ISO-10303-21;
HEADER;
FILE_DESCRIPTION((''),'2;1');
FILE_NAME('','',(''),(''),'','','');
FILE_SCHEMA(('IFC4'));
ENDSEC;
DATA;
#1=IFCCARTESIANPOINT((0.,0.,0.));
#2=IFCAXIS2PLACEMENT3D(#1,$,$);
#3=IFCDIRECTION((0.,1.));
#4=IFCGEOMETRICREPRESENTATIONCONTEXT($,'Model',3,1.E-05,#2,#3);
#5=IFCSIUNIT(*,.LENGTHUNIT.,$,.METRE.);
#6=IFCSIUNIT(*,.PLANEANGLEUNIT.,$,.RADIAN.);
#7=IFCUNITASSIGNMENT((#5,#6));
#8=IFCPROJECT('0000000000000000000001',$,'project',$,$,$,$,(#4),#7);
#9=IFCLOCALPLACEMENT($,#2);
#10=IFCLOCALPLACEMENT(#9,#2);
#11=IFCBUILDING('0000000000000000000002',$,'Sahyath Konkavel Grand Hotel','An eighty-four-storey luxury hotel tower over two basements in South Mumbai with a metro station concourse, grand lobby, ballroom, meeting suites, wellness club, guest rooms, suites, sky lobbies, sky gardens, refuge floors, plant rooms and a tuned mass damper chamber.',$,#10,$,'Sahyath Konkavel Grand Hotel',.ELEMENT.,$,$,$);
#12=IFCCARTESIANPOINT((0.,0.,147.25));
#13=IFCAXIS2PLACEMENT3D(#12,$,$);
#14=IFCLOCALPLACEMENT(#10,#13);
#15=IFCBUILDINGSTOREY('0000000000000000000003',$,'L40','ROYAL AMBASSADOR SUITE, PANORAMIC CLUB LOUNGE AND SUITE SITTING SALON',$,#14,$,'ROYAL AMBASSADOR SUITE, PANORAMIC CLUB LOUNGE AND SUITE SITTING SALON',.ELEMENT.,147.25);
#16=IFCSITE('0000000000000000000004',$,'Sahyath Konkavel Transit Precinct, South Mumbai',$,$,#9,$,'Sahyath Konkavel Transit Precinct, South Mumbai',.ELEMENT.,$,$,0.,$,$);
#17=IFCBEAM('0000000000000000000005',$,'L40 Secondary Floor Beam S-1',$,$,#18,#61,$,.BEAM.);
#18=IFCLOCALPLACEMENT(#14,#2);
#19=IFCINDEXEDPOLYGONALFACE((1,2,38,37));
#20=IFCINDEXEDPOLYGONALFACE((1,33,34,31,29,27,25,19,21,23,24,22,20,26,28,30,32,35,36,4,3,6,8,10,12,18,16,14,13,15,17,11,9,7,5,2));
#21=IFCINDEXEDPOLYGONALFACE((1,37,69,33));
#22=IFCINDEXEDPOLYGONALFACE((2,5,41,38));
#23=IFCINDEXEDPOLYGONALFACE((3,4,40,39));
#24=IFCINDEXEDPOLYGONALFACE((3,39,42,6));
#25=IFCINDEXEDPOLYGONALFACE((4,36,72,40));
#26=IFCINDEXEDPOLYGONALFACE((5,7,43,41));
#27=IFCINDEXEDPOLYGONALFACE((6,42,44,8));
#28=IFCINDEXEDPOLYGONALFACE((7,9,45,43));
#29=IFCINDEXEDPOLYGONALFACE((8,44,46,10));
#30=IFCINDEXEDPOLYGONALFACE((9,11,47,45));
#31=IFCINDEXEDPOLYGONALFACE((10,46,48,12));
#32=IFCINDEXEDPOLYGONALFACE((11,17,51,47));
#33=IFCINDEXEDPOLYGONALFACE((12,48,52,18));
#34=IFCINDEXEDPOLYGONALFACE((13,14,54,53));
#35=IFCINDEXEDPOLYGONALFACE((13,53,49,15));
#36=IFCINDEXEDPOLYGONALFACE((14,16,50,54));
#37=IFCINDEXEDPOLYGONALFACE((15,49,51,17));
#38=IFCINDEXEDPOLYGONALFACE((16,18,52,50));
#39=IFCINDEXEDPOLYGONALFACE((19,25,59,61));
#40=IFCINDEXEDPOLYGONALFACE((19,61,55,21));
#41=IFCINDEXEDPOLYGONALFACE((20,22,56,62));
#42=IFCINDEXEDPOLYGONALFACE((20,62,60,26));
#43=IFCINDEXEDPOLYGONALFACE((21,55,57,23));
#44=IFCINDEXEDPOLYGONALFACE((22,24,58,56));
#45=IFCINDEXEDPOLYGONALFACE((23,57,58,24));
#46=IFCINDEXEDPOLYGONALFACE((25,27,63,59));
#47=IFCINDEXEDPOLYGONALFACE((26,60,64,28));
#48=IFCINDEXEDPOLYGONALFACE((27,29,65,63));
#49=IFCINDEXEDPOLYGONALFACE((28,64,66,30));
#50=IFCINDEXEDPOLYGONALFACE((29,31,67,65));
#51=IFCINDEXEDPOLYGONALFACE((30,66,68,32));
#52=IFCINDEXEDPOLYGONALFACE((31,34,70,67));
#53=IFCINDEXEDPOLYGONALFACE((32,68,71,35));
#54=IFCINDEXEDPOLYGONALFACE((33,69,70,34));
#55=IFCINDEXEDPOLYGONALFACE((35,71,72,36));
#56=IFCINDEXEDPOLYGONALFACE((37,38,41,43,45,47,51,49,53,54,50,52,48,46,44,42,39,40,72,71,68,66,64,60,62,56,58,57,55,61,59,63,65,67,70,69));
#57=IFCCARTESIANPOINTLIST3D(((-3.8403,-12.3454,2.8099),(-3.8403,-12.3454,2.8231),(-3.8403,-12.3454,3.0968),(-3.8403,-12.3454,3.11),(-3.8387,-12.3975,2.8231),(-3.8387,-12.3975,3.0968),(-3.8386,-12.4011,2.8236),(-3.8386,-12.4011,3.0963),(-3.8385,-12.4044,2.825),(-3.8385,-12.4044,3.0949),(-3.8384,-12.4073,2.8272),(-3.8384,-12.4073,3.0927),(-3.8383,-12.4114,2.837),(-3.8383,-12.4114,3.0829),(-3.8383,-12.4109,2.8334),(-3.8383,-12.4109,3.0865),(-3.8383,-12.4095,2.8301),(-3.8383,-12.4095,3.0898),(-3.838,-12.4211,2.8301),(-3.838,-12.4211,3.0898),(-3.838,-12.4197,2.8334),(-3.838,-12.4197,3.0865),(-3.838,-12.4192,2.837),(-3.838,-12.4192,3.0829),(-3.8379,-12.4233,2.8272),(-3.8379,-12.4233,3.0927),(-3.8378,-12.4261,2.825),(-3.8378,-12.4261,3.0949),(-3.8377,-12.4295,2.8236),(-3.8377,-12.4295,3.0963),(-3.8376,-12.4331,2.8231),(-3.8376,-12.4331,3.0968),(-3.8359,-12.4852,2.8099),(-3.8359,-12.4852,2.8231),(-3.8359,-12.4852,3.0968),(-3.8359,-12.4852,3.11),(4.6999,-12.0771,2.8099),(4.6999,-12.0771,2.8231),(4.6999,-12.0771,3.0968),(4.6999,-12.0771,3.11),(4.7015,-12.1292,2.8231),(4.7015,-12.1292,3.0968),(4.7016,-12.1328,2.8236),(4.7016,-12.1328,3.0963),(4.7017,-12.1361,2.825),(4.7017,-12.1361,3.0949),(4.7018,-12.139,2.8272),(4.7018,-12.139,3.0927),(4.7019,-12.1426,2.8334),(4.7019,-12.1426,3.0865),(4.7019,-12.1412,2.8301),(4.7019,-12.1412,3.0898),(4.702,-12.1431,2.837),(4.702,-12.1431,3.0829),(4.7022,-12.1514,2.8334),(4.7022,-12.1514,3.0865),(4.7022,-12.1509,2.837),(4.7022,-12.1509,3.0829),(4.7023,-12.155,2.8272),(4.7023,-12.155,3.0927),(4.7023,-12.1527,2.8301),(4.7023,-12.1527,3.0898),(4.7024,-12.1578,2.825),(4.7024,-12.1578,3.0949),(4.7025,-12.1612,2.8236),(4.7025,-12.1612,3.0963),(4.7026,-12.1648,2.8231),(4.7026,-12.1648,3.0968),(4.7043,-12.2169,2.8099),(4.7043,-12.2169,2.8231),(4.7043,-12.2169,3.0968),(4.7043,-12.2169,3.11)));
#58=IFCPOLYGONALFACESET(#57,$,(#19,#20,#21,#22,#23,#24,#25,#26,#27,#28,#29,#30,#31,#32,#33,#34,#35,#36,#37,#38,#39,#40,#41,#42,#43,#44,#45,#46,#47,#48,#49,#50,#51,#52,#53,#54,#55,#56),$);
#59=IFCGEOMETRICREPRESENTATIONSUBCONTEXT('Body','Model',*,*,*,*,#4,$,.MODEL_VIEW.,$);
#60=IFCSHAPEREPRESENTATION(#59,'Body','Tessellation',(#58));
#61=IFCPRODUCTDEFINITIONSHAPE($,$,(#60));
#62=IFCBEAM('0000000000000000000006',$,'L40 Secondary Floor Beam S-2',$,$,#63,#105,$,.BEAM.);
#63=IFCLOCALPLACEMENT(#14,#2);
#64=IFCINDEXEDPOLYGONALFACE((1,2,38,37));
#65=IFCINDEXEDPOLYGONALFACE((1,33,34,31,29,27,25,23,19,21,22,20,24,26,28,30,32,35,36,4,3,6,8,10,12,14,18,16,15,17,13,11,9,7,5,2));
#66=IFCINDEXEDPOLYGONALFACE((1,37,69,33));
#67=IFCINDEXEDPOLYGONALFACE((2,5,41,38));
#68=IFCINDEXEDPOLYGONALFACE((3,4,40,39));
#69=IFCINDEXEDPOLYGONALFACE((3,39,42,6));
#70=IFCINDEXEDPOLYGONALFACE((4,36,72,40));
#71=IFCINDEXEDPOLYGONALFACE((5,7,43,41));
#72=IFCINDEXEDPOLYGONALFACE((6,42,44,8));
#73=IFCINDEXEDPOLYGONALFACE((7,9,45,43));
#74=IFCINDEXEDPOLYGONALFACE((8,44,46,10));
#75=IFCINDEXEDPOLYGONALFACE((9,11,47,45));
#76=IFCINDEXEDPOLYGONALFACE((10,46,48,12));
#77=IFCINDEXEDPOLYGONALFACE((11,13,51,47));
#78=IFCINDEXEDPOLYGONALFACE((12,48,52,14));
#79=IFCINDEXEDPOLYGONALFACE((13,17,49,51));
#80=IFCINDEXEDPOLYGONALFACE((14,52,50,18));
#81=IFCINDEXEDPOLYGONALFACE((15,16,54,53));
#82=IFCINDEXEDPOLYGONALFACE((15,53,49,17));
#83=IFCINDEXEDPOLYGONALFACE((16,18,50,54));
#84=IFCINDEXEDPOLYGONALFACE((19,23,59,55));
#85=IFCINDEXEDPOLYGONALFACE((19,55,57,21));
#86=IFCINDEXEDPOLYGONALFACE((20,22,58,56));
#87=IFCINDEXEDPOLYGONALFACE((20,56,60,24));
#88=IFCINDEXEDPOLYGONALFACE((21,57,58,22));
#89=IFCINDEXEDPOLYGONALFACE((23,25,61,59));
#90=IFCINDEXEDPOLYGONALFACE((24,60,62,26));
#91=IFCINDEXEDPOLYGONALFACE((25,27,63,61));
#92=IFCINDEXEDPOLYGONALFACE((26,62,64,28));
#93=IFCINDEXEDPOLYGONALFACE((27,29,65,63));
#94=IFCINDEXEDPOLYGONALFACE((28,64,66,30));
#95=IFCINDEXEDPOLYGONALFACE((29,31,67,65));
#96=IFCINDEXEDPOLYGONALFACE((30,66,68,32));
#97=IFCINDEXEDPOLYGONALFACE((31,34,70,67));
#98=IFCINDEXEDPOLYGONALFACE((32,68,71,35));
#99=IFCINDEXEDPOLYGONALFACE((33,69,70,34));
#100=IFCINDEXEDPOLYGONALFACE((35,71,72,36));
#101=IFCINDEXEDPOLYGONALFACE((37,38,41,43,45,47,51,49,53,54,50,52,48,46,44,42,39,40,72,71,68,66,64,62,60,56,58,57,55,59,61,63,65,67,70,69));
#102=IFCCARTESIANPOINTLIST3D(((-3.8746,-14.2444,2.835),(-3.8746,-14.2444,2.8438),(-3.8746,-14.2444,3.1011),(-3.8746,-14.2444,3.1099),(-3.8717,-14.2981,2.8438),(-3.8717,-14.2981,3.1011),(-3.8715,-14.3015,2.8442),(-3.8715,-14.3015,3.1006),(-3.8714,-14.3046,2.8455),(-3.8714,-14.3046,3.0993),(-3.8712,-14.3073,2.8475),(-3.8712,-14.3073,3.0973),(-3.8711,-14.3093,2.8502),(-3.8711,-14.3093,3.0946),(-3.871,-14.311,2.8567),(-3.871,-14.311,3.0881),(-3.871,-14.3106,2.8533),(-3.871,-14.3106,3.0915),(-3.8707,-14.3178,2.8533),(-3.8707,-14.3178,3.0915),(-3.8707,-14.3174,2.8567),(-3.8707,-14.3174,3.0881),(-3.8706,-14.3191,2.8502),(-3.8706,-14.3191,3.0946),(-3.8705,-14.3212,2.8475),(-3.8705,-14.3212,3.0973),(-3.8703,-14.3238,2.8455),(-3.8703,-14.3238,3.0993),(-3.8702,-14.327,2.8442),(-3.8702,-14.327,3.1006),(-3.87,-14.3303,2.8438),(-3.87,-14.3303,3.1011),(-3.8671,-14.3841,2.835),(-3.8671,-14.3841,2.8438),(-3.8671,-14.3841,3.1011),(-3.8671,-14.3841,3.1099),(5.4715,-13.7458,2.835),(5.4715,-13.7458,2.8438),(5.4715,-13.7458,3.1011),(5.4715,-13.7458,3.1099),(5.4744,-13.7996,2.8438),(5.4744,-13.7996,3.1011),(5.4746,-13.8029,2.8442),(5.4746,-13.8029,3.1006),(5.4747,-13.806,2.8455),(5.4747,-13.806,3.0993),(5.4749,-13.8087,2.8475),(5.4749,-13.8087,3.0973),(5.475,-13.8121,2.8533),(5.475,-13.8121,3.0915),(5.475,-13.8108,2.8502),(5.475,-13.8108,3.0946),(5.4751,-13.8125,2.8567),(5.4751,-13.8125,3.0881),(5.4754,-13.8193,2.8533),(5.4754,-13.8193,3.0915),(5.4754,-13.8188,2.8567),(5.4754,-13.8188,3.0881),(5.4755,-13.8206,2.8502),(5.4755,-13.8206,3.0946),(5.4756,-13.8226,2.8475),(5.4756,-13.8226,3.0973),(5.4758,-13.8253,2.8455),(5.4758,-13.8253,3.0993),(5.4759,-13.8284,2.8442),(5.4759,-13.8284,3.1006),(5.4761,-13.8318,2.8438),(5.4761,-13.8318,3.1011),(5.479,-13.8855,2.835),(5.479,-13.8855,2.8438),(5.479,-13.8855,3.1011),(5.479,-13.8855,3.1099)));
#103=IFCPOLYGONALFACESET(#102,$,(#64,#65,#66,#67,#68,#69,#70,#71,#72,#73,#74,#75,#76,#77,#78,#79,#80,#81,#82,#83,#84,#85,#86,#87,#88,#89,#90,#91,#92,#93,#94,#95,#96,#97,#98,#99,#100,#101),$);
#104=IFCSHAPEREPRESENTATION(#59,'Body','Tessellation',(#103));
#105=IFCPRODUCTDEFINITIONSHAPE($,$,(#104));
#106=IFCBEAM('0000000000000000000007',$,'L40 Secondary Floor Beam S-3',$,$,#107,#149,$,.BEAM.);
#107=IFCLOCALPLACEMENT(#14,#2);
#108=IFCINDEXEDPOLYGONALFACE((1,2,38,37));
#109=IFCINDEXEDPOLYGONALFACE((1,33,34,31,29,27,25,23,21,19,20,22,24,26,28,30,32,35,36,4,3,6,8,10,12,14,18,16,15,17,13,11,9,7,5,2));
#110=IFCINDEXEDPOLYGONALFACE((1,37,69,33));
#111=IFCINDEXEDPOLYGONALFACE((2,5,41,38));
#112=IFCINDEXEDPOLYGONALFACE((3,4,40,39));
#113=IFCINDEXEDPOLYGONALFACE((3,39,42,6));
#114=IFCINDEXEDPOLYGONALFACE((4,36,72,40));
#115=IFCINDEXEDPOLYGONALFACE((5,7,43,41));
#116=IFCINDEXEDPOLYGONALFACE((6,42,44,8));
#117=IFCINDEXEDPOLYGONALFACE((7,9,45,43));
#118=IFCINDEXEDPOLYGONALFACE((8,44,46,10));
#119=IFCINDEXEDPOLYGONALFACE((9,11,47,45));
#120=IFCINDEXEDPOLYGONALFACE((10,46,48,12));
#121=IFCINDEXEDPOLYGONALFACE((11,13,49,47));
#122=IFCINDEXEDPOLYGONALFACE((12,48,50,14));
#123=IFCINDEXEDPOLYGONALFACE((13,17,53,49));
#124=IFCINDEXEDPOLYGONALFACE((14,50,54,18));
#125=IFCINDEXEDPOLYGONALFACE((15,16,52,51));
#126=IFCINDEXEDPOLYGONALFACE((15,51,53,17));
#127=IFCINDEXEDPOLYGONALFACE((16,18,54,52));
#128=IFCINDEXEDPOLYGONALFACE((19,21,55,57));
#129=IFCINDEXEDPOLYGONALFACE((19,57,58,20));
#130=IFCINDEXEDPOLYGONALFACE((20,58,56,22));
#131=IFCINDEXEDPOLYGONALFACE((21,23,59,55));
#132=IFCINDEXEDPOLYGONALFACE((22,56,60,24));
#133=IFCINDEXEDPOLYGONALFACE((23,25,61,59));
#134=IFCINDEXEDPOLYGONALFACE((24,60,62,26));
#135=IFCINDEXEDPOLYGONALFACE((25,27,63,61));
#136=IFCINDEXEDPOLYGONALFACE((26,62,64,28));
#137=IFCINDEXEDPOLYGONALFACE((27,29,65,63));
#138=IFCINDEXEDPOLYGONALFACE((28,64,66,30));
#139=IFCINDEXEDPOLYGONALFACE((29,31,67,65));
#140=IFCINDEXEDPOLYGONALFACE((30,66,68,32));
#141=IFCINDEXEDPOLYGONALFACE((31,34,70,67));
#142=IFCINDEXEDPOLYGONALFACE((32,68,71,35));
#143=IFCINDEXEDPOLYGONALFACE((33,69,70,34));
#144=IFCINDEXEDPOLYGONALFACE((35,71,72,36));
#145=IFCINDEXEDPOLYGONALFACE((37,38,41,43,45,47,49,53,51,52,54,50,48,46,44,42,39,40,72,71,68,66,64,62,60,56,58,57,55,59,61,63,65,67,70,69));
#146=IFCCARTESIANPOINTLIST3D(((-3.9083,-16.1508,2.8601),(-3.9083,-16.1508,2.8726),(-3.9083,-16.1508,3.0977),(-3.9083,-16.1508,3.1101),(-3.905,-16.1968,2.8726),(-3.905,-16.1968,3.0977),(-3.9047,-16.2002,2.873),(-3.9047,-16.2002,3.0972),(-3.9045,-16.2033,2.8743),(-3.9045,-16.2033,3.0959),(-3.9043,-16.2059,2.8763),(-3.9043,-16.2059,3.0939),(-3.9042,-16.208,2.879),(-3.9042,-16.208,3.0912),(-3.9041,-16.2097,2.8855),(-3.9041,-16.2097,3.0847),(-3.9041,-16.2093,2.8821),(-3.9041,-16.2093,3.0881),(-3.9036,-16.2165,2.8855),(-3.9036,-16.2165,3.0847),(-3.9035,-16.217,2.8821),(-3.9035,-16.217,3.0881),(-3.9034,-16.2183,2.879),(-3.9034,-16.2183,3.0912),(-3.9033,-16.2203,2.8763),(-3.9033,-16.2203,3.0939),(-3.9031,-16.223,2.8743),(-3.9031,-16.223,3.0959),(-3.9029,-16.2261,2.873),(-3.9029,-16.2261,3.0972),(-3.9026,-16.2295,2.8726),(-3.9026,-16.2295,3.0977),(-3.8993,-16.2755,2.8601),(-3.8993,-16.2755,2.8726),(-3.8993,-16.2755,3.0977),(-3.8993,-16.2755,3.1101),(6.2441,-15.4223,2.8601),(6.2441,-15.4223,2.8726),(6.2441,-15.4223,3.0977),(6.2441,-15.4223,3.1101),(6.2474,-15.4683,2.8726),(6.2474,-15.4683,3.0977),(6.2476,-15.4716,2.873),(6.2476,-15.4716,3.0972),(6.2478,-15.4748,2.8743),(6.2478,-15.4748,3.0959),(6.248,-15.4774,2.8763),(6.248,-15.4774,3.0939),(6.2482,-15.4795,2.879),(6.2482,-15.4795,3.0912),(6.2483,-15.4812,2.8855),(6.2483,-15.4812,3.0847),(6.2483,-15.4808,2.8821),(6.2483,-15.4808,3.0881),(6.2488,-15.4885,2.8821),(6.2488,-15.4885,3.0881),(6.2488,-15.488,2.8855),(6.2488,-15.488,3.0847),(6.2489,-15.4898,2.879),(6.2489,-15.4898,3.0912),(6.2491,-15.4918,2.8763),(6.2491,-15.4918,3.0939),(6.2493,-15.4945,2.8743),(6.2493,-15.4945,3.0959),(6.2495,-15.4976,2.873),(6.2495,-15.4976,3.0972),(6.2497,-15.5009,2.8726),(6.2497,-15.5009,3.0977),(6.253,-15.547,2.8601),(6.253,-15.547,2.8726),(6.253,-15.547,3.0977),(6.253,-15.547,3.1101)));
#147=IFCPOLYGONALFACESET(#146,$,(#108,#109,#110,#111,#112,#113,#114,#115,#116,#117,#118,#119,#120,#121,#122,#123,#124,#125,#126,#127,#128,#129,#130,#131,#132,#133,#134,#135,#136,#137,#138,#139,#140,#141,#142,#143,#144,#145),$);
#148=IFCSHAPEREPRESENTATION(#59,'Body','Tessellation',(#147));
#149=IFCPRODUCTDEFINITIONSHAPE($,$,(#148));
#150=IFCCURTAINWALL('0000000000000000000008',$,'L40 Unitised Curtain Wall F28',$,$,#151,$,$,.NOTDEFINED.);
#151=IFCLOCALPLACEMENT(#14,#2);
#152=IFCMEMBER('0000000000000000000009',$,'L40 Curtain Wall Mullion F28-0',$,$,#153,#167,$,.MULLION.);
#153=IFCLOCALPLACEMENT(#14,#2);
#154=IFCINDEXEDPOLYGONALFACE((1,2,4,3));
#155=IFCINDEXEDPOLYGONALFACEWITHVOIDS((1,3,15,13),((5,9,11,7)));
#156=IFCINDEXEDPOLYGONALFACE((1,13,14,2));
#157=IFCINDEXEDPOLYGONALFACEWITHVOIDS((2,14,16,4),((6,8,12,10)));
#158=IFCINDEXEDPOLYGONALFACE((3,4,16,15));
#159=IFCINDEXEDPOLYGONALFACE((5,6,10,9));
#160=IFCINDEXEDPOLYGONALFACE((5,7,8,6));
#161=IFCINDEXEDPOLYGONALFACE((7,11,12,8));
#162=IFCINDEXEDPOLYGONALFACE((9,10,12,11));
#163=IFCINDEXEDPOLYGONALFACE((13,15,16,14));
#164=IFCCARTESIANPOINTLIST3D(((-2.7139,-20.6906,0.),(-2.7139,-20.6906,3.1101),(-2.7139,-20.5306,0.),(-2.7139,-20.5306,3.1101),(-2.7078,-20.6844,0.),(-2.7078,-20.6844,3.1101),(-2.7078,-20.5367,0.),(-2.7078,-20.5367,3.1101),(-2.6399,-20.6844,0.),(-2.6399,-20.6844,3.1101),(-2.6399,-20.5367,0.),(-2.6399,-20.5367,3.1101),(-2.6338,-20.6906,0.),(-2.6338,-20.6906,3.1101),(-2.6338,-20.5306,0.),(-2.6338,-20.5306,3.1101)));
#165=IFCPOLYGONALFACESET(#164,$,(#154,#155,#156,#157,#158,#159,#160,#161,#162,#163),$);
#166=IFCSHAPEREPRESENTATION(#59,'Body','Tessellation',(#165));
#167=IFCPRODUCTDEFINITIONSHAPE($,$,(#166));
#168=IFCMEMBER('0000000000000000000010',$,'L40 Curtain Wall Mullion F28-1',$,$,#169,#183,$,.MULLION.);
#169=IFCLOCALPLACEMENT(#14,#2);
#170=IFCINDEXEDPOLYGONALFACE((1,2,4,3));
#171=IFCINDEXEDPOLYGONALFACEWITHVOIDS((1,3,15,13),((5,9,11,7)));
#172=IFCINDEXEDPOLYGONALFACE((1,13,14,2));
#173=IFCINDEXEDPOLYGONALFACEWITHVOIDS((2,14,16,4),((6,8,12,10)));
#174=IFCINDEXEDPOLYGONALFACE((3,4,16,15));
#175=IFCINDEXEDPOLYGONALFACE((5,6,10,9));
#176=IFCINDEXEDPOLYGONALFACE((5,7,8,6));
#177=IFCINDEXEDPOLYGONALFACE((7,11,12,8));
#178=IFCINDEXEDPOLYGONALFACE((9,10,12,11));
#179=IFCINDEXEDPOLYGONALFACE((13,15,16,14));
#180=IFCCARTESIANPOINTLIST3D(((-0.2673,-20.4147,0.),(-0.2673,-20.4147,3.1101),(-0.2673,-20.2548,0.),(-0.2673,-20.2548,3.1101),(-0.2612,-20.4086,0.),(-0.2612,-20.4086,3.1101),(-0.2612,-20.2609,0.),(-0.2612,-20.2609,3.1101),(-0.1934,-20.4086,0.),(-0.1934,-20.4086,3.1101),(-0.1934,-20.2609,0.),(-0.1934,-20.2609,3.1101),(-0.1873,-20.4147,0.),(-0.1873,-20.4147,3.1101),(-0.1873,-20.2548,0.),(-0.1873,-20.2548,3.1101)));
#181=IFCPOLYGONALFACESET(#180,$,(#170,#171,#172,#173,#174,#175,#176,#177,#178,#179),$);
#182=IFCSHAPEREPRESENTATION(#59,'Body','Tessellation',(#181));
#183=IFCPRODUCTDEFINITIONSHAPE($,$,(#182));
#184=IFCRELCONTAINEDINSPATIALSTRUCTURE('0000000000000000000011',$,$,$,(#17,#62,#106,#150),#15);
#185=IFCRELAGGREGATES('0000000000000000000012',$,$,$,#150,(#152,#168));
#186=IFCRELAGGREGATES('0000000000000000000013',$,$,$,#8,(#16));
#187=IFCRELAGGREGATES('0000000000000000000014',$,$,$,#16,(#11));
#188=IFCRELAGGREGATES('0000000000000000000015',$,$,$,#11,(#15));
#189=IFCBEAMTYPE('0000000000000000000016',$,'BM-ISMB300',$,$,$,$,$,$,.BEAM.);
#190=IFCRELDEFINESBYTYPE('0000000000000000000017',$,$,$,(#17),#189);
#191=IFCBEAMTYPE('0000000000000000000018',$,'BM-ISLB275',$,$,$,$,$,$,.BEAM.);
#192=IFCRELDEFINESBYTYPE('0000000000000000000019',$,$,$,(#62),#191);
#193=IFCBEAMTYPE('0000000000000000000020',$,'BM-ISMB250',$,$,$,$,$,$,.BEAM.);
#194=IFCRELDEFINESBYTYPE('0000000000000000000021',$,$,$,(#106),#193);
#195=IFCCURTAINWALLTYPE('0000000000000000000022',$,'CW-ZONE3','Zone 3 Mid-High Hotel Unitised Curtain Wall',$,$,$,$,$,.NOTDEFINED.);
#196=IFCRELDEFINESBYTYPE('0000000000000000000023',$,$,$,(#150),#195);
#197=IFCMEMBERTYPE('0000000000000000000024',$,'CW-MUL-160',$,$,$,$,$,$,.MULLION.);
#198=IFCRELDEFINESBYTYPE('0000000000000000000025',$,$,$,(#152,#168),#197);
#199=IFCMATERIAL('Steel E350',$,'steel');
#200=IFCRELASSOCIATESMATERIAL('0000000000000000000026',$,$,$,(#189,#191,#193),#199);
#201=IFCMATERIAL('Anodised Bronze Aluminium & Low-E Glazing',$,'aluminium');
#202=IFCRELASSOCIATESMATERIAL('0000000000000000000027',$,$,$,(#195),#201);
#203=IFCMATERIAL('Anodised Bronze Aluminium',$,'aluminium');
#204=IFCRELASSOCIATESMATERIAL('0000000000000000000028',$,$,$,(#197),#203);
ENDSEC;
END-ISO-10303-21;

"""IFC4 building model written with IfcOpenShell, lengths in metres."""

from ifc_helpers import new_model, si_unit, direction, frame, origin, origin_2d, place, context, subcontext, project, spatial, hollow_rectangle, i_section, extrude, source, transform, mapped, material, material_profile, profile_set, type_object, element, aggregate, save


model = new_model("IFC4")

# Units and contexts
model_context = context("Model", 3, precision=1e-05, world=origin(), true_north=direction((0.0, 1.0)))
body_context = subcontext(model_context, "Body", "Model", "MODEL_VIEW")
ifc_project = project(units=[si_unit("LENGTHUNIT", "METRE"), si_unit("PLANEANGLEUNIT", "RADIAN")], contexts=[model_context])

# Site, building, storey
site_placement = place(None, origin())
site = spatial("IfcSite", under=ifc_project, at=site_placement, Name="Sahyath Konkavel Transit Precinct, South Mumbai", LongName="Sahyath Konkavel Transit Precinct, South Mumbai", CompositionType="ELEMENT", RefElevation=0.0)
building_placement = place(site_placement, origin())
building = spatial("IfcBuilding", under=site, at=building_placement, Name="Sahyath Konkavel Grand Hotel", Description="An eighty-four-storey luxury hotel tower over two basements in South Mumbai with a metro station concourse, grand lobby, ballroom, meeting suites, wellness club, guest rooms, suites, sky lobbies, sky gardens, refuge floors, plant rooms and a tuned mass damper chamber.", LongName="Sahyath Konkavel Grand Hotel", CompositionType="ELEMENT")
storey_placement = place(building_placement, frame((0.0, 0.0, 147.25)))
storey = spatial("IfcBuildingStorey", under=building, at=storey_placement, Name="L40", Description="ROYAL AMBASSADOR SUITE, PANORAMIC CLUB LOUNGE AND SUITE SITTING SALON", LongName="ROYAL AMBASSADOR SUITE, PANORAMIC CLUB LOUNGE AND SUITE SITTING SALON", CompositionType="ELEMENT", Elevation=147.25)

# Beams
ifc_material_1 = material(Name="Steel E350", Category="steel")
ifc_material_profile_1 = material_profile(ifc_material_1, i_section(OverallWidth=0.1399, OverallDepth=0.3, WebThickness=0.0078, FlangeThickness=0.0132, FilletRadius=0.0139, at=origin_2d()), Name="ISMB 300")
ifc_profile_set_1 = profile_set([ifc_material_profile_1], Name="Steel E350")
beam_type_1 = type_object("IfcBeamType", Name="BM-ISMB300", PredefinedType="BEAM", material=ifc_profile_set_1)
shared_shape_1 = source(origin(), body_context, "Body", "SweptSolid", [
    extrude(i_section(OverallWidth=0.1399, OverallDepth=0.3, WebThickness=0.0078, FlangeThickness=0.0132, FilletRadius=0.0139, at=origin_2d()), origin(), (0.0, 0.0, 1.0), 8.5444),
])
beam_1_placement = place(storey_placement, frame((-3.8381, -12.4153, 2.96), z_axis=(0.999507, 0.031402, 0.0), x_axis=(-0.031402, 0.999507, 0.0)))
element("IfcBeam", 1, at=beam_1_placement, inside=storey, type_object=beam_type_1, Name="L40 Secondary Floor Beam S-1", PredefinedType="BEAM", context=body_context, shape_type="MappedRepresentation", body=[
    mapped(shared_shape_1, transform((0.0, 0.0, 0.0), scale=1.0)),
])
ifc_material_profile_2 = material_profile(ifc_material_1, i_section(OverallWidth=0.1399, OverallDepth=0.2749, WebThickness=0.0063, FlangeThickness=0.0088, FilletRadius=0.0129, at=origin_2d()), Name="ISLB 275")
ifc_profile_set_2 = profile_set([ifc_material_profile_2], Name="Steel E350")
beam_type_2 = type_object("IfcBeamType", Name="BM-ISLB275", PredefinedType="BEAM", material=ifc_profile_set_2)
shared_shape_2 = source(origin(), body_context, "Body", "SweptSolid", [
    extrude(i_section(OverallWidth=0.1399, OverallDepth=0.2749, WebThickness=0.0063, FlangeThickness=0.0088, FilletRadius=0.0129, at=origin_2d()), origin(), (0.0, 0.0, 1.0), 9.3594),
])
beam_2_placement = place(storey_placement, frame((-3.8708, -14.3142, 2.9724), z_axis=(0.99858, 0.053265, 0.0), x_axis=(-0.053265, 0.99858, 0.0)))
element("IfcBeam", 2, at=beam_2_placement, inside=storey, type_object=beam_type_2, Name="L40 Secondary Floor Beam S-2", PredefinedType="BEAM", context=body_context, shape_type="MappedRepresentation", body=[
    mapped(shared_shape_2, transform((0.0, 0.0, 0.0), scale=1.0)),
])
ifc_material_profile_3 = material_profile(ifc_material_1, i_section(OverallWidth=0.125, OverallDepth=0.25, WebThickness=0.0068, FlangeThickness=0.0125, FilletRadius=0.0129, at=origin_2d()), Name="ISMB 250")
ifc_profile_set_3 = profile_set([ifc_material_profile_3], Name="Steel E350")
beam_type_3 = type_object("IfcBeamType", Name="BM-ISMB250", PredefinedType="BEAM", material=ifc_profile_set_3)
shared_shape_3 = source(origin(), body_context, "Body", "SweptSolid", [
    extrude(i_section(OverallWidth=0.125, OverallDepth=0.25, WebThickness=0.0068, FlangeThickness=0.0125, FilletRadius=0.0129, at=origin_2d()), origin(), (0.0, 0.0, 1.0), 10.1785),
])
beam_3_placement = place(storey_placement, frame((-3.9038, -16.2131, 2.9851), z_axis=(0.997435, 0.071574, 0.0), x_axis=(-0.071574, 0.997435, 0.0)))
element("IfcBeam", 3, at=beam_3_placement, inside=storey, type_object=beam_type_3, Name="L40 Secondary Floor Beam S-3", PredefinedType="BEAM", context=body_context, shape_type="MappedRepresentation", body=[
    mapped(shared_shape_3, transform((0.0, 0.0, 0.0), scale=1.0)),
])

# Curtain wall, members
ifc_material_2 = material(Name="Anodised Bronze Aluminium & Low-E Glazing", Category="aluminium")
curtain_wall_type = type_object("IfcCurtainWallType", Name="CW-ZONE3", Description="Zone 3 Mid-High Hotel Unitised Curtain Wall", PredefinedType="NOTDEFINED", material=ifc_material_2)
curtain_wall_placement = place(storey_placement, origin())
curtain_wall = element("IfcCurtainWall", 4, at=curtain_wall_placement, inside=storey, type_object=curtain_wall_type, Name="L40 Unitised Curtain Wall F28", PredefinedType="NOTDEFINED")
ifc_material_3 = material(Name="Anodised Bronze Aluminium", Category="aluminium")
ifc_material_profile_4 = material_profile(ifc_material_3, hollow_rectangle(XDim=0.0801, YDim=0.1599, WallThickness=0.0061, at=origin_2d()), Name="RHS 160x80x6")
ifc_profile_set_4 = profile_set([ifc_material_profile_4], Name="Anodised Bronze Aluminium")
member_type_1 = type_object("IfcMemberType", Name="CW-MUL-160", PredefinedType="MULLION", material=ifc_profile_set_4)
shared_shape_4 = source(origin(), body_context, "Body", "SweptSolid", [
    extrude(hollow_rectangle(XDim=0.0801, YDim=0.1599, WallThickness=0.0061, at=origin_2d()), origin(), (0.0, 0.0, 1.0), 3.1101),
])
member_1_placement = place(storey_placement, frame((-2.6738, -20.6106, 0.0), z_axis=(0.0, 0.0, 1.0), x_axis=(1.0, 0.0, 0.0)))
member_1 = element("IfcMember", 5, at=member_1_placement, type_object=member_type_1, Name="L40 Curtain Wall Mullion F28-0", PredefinedType="MULLION", context=body_context, shape_type="MappedRepresentation", body=[
    mapped(shared_shape_4, transform((0.0, 0.0, 0.0), scale=1.0)),
])
member_2_placement = place(storey_placement, frame((-0.2273, -20.3347, 0.0), z_axis=(0.0, 0.0, 1.0), x_axis=(1.0, 0.0, 0.0)))
member_2 = element("IfcMember", 6, at=member_2_placement, type_object=member_type_1, Name="L40 Curtain Wall Mullion F28-1", PredefinedType="MULLION", context=body_context, shape_type="MappedRepresentation", body=[
    mapped(shared_shape_4, transform((0.0, 0.0, 0.0), scale=1.0)),
])
aggregate(curtain_wall, [member_1, member_2])

save(model, "model.ifc")
